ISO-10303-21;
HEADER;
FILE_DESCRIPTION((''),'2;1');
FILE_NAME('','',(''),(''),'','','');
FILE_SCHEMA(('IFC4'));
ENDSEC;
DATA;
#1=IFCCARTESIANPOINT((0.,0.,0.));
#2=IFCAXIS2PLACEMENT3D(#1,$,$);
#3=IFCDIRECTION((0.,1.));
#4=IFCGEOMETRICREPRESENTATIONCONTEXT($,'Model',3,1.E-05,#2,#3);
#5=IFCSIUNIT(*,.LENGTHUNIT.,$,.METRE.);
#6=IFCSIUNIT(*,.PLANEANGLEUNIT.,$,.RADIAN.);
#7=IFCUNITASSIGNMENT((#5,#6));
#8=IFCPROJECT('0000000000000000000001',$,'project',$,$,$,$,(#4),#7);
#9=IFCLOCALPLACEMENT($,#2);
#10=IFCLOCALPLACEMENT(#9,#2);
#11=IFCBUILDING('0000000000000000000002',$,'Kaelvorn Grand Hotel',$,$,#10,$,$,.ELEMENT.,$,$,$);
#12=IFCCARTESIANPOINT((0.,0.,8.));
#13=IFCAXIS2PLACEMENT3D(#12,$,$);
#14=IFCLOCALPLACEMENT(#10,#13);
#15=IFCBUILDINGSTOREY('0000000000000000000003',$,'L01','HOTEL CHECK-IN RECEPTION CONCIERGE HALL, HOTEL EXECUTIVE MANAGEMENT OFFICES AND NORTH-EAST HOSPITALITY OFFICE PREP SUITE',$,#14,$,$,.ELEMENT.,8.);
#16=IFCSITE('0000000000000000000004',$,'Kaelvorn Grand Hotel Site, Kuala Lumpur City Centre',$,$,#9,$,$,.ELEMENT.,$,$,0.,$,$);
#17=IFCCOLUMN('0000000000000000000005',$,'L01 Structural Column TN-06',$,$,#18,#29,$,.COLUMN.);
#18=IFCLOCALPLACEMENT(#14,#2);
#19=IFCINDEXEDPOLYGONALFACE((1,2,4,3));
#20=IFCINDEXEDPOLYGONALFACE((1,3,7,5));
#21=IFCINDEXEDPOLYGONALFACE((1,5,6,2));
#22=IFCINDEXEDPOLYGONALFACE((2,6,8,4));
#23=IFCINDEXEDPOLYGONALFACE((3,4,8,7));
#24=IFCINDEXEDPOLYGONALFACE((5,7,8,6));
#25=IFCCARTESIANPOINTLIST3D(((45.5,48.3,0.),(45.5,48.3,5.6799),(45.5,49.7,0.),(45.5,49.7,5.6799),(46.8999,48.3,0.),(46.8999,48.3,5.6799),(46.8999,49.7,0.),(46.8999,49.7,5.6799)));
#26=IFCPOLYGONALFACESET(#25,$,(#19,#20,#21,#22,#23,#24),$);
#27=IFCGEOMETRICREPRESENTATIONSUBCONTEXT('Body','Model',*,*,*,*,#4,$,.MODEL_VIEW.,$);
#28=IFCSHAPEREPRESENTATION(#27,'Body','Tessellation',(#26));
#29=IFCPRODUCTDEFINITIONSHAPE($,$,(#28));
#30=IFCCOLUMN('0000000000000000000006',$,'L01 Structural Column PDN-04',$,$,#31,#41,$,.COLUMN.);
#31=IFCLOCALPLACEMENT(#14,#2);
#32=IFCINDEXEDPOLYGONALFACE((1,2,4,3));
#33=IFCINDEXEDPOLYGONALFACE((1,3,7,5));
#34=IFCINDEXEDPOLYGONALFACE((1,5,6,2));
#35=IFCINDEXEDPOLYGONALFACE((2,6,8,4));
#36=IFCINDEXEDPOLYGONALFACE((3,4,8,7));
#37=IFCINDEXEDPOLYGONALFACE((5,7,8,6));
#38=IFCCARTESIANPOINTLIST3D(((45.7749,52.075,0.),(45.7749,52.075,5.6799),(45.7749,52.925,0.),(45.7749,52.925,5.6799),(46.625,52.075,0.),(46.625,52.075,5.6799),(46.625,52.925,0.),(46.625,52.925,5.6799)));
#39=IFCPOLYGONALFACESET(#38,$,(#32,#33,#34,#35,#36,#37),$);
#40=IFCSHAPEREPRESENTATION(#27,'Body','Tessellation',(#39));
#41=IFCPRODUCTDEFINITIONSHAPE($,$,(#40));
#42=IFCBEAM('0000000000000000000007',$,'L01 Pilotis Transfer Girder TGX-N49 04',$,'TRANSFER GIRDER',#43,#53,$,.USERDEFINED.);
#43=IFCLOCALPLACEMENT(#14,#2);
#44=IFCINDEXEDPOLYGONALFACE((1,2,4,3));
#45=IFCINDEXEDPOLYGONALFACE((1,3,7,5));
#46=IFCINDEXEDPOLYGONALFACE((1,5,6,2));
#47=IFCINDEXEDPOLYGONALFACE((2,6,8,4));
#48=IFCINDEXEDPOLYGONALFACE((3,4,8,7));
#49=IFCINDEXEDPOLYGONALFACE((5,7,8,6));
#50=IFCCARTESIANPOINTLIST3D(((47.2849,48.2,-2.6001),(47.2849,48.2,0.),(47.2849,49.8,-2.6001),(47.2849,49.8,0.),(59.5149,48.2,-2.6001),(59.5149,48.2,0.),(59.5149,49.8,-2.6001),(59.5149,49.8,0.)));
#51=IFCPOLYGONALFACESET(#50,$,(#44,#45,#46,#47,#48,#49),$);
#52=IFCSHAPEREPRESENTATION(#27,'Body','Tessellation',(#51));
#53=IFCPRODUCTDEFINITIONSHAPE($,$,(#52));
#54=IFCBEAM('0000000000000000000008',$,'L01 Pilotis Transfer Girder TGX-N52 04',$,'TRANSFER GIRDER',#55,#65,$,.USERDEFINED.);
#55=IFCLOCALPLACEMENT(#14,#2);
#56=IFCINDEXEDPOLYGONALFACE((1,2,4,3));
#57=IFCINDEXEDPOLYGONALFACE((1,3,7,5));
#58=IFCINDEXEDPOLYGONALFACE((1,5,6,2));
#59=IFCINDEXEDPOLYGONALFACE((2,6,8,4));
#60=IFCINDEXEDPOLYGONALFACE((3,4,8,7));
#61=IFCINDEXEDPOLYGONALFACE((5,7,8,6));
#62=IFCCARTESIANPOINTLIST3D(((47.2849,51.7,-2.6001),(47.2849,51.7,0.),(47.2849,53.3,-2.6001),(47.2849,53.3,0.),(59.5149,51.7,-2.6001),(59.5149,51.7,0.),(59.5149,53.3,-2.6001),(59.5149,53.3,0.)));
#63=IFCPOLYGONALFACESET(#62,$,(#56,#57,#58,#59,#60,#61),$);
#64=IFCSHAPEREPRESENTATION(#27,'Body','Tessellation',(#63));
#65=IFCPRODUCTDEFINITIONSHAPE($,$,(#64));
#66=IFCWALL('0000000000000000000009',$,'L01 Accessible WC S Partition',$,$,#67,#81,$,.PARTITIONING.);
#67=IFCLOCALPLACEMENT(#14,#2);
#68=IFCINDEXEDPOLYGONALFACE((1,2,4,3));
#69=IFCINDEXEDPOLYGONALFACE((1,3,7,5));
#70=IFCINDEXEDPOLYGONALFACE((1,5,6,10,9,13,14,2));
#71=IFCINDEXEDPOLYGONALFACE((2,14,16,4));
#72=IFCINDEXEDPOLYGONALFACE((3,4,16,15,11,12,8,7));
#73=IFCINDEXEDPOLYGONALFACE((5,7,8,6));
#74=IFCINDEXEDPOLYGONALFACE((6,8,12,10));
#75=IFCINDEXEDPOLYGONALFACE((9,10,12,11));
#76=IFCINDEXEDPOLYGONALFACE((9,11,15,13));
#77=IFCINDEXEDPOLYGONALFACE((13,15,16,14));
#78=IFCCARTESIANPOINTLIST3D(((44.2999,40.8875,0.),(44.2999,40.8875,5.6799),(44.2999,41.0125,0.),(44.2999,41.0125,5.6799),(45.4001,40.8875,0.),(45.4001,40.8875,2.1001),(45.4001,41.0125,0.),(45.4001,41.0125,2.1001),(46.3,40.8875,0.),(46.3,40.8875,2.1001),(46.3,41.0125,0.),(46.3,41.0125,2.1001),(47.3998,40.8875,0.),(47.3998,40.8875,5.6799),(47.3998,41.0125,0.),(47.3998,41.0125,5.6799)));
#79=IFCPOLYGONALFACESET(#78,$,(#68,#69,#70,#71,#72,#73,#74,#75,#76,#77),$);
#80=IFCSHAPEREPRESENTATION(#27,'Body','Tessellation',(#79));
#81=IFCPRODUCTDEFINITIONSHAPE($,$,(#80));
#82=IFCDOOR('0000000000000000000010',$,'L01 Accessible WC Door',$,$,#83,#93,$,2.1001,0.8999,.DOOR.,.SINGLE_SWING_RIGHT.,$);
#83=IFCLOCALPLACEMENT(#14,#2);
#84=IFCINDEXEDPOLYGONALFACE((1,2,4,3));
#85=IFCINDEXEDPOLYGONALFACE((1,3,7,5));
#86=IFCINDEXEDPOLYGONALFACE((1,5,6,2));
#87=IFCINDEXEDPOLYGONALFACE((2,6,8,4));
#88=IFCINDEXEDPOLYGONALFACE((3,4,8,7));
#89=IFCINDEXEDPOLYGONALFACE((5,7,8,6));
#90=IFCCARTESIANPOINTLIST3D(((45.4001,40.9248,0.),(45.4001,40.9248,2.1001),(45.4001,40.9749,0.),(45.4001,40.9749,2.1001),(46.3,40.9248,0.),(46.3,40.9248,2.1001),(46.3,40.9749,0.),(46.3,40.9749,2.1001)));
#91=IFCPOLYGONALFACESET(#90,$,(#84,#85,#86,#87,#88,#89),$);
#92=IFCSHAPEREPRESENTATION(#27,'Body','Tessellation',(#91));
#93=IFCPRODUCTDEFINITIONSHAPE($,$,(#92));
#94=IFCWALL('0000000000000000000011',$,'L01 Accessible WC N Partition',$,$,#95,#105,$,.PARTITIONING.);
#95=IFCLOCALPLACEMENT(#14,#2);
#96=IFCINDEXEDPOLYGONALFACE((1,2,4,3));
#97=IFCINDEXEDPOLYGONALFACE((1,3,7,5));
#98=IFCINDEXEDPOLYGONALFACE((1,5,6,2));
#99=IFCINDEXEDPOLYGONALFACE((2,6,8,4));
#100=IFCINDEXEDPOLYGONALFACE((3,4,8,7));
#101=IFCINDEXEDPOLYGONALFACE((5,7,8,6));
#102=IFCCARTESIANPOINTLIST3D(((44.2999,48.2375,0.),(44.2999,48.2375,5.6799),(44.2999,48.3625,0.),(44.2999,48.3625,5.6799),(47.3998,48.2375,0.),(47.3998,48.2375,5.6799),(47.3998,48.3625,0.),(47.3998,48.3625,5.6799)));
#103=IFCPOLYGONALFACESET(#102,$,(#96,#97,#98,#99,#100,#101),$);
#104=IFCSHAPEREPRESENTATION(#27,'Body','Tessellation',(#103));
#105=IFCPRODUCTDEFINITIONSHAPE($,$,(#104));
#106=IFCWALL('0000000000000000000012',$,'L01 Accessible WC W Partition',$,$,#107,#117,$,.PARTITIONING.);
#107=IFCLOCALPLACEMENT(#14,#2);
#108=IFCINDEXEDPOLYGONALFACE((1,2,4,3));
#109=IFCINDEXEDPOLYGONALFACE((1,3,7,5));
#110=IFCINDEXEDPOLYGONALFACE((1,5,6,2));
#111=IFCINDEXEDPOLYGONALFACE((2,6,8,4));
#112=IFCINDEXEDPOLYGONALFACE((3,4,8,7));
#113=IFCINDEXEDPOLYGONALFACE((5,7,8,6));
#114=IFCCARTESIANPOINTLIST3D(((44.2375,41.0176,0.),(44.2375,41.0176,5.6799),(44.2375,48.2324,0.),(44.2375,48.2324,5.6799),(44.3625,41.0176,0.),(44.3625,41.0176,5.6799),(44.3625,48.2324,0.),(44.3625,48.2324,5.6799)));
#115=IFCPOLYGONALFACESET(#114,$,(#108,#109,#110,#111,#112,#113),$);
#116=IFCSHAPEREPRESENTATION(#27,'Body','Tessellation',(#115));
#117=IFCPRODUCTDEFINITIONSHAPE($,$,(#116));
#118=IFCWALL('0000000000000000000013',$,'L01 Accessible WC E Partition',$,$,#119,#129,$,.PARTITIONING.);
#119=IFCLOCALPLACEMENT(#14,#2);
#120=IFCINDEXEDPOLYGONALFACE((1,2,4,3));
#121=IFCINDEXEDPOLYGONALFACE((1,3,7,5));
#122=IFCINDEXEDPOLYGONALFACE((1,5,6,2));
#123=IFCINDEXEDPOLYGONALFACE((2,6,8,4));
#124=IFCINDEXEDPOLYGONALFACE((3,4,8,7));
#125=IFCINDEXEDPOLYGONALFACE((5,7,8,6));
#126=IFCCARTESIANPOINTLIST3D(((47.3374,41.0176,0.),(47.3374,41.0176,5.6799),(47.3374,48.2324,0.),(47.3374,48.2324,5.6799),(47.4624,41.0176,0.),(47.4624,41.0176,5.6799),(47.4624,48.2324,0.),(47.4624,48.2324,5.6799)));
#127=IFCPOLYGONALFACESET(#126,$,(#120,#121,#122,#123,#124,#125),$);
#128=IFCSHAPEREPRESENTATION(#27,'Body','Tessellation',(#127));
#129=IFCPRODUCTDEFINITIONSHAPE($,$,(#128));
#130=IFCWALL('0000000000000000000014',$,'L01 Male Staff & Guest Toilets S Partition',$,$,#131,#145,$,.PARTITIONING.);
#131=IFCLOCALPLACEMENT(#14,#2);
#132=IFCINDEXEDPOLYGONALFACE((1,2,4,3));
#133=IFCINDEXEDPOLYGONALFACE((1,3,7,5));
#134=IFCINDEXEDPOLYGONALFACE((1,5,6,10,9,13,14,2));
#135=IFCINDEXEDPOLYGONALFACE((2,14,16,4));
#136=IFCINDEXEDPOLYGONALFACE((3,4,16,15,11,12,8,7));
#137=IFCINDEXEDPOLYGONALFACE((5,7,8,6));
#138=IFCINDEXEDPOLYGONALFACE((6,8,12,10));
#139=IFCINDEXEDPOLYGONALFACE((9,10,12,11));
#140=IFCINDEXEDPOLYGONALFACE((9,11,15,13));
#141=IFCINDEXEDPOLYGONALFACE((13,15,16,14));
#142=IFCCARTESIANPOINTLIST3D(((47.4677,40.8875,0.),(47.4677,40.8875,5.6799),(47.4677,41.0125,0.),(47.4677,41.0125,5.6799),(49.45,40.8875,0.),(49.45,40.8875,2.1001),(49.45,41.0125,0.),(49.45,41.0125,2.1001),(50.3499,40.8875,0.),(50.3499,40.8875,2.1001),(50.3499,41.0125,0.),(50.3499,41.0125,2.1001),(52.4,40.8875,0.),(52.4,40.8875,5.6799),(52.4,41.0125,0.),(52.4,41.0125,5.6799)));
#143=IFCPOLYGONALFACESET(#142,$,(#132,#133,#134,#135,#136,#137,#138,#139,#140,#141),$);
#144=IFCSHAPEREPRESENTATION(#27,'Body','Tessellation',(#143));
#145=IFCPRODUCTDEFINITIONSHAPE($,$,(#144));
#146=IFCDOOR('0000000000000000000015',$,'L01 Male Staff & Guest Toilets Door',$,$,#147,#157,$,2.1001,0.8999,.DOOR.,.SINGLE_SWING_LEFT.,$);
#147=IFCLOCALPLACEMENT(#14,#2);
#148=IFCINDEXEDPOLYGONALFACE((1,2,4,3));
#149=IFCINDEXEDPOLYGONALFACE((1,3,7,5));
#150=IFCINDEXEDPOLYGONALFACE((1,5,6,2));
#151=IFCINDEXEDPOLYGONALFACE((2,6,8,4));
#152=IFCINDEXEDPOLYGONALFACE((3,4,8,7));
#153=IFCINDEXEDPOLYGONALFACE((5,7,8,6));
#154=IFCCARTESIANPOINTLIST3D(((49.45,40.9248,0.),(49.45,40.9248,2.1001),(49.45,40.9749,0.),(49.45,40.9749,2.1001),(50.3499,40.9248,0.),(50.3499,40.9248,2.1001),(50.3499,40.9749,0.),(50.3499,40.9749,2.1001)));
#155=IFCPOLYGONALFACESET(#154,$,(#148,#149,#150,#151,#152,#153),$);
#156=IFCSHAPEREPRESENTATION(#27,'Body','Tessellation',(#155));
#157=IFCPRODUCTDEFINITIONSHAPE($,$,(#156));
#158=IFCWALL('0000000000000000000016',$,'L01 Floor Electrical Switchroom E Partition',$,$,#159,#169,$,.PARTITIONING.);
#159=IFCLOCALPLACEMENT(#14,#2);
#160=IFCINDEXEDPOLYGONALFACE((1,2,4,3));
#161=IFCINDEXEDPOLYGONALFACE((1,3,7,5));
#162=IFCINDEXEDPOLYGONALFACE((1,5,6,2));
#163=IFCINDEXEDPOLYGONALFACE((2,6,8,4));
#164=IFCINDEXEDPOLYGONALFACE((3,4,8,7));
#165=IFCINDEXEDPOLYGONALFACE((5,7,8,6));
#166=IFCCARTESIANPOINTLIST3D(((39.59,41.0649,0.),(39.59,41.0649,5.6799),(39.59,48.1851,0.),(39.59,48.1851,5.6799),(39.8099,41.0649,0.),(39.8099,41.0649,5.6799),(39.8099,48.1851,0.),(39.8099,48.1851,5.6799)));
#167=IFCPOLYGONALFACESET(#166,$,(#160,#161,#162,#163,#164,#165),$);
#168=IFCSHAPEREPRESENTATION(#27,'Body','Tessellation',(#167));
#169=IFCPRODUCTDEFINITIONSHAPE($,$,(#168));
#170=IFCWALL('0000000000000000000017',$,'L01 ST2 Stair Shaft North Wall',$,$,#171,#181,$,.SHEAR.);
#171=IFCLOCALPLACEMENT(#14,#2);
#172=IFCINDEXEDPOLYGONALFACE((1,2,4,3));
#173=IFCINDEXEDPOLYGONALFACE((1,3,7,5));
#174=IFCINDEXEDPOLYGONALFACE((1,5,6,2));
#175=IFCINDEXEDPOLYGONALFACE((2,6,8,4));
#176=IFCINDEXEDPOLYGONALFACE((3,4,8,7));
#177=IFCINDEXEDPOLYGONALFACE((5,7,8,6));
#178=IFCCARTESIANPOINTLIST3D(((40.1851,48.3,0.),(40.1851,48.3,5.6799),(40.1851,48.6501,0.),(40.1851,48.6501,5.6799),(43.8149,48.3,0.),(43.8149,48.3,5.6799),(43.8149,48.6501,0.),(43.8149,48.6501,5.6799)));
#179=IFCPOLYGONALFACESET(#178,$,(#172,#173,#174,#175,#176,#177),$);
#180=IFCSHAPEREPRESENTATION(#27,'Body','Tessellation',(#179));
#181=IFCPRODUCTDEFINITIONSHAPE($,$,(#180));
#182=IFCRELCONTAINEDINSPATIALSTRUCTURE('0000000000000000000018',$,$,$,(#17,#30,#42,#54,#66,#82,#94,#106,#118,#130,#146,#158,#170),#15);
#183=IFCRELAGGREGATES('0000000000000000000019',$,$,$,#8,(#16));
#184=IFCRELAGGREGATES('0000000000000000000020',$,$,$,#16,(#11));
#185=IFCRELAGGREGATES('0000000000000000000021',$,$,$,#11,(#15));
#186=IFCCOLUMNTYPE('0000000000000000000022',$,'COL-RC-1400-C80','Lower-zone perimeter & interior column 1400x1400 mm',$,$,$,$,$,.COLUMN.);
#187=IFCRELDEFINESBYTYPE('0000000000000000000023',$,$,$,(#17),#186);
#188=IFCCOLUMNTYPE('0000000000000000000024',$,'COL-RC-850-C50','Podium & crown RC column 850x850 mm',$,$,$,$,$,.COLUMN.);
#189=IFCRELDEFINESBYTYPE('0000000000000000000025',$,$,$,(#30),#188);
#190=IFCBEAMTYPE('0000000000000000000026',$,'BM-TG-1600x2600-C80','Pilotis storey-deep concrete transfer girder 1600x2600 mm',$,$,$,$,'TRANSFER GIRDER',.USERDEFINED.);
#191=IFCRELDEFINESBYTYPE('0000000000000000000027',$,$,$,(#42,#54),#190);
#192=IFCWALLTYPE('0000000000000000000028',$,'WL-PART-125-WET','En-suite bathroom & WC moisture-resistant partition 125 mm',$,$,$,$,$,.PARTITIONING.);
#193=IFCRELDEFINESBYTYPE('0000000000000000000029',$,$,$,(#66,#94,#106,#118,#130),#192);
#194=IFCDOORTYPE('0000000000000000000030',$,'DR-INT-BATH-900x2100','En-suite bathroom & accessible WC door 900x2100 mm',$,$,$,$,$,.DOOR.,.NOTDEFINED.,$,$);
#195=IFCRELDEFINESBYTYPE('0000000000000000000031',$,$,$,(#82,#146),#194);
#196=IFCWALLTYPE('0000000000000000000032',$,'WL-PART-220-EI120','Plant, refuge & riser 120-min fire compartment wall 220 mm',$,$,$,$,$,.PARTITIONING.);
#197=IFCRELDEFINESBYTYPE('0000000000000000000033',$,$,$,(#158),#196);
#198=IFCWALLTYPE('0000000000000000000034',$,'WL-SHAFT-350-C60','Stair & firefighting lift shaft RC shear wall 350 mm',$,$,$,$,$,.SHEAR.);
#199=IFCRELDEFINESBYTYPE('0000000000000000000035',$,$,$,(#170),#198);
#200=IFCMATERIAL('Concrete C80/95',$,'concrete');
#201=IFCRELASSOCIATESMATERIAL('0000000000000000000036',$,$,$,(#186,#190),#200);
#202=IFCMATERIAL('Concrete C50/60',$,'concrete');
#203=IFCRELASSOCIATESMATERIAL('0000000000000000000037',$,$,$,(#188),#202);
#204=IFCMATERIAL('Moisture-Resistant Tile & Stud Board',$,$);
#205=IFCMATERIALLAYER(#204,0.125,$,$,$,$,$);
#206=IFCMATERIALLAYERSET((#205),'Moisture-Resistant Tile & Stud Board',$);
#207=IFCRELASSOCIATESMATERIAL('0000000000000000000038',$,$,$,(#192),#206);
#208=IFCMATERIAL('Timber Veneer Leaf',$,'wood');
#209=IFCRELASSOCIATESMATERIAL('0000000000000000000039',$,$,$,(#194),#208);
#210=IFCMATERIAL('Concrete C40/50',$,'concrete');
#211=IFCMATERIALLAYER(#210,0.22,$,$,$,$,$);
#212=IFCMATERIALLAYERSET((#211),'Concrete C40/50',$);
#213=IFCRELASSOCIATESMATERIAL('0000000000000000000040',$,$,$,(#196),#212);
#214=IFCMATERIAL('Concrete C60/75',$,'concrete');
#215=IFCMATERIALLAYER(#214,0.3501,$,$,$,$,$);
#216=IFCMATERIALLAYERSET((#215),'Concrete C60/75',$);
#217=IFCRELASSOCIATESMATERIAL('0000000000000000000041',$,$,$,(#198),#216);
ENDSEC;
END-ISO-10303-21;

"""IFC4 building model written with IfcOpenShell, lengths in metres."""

from ifc_helpers import new_model, si_unit, direction, frame, frame_2d, origin, origin_2d, place, context, subcontext, project, spatial, rectangle, extrude, material, layer, layer_set, material_profile, profile_set, type_object, element, fill, save


model = new_model("IFC4")

# Units and contexts
model_context = context("Model", 3, precision=1e-05, world=origin(), true_north=direction((0.0, 1.0)))
body_context = subcontext(model_context, "Body", "Model", "MODEL_VIEW")
ifc_project = project(units=[si_unit("LENGTHUNIT", "METRE"), si_unit("PLANEANGLEUNIT", "RADIAN")], contexts=[model_context])

# Site, building, storey
site_placement = place(None, origin())
site = spatial("IfcSite", under=ifc_project, at=site_placement, Name="Kaelvorn Grand Hotel Site, Kuala Lumpur City Centre", CompositionType="ELEMENT", RefElevation=0.0)
building_placement = place(site_placement, origin())
building = spatial("IfcBuilding", under=site, at=building_placement, Name="Kaelvorn Grand Hotel", CompositionType="ELEMENT")
storey_placement = place(building_placement, frame((0.0, 0.0, 8.0)))
storey = spatial("IfcBuildingStorey", under=building, at=storey_placement, Name="L01", Description="HOTEL CHECK-IN RECEPTION CONCIERGE HALL, HOTEL EXECUTIVE MANAGEMENT OFFICES AND NORTH-EAST HOSPITALITY OFFICE PREP SUITE", CompositionType="ELEMENT", Elevation=8.0)

# Columns
ifc_material_1 = material(Name="Concrete C80/95", Category="concrete")
ifc_material_profile_1 = material_profile(ifc_material_1, rectangle(XDim=1.3999, YDim=1.3999, at=origin_2d()), Name="RC COL 1400x1400")
ifc_profile_set_1 = profile_set([ifc_material_profile_1], Name="Concrete C80/95")
column_type_1 = type_object("IfcColumnType", Name="COL-RC-1400-C80", Description="Lower-zone perimeter & interior column 1400x1400 mm", PredefinedType="COLUMN", material=ifc_profile_set_1)
column_1_placement = place(storey_placement, frame((46.2, 49.0, 0.0), z_axis=(0.0, 0.0, 1.0), x_axis=(1.0, 0.0, 0.0)))
element("IfcColumn", 1, at=column_1_placement, inside=storey, type_object=column_type_1, Name="L01 Structural Column TN-06", PredefinedType="COLUMN", context=body_context, shape_type="SweptSolid", body=[
    extrude(rectangle(XDim=1.3999, YDim=1.3999, at=origin_2d()), origin(), (0.0, 0.0, 1.0), 5.6799),
])
ifc_material_2 = material(Name="Concrete C50/60", Category="concrete")
ifc_material_profile_2 = material_profile(ifc_material_2, rectangle(XDim=0.8501, YDim=0.8501, at=origin_2d()), Name="RC COL 850x850")
ifc_profile_set_2 = profile_set([ifc_material_profile_2], Name="Concrete C50/60")
column_type_2 = type_object("IfcColumnType", Name="COL-RC-850-C50", Description="Podium & crown RC column 850x850 mm", PredefinedType="COLUMN", material=ifc_profile_set_2)
column_2_placement = place(storey_placement, frame((46.2, 52.5, 0.0), z_axis=(0.0, 0.0, 1.0), x_axis=(1.0, 0.0, 0.0)))
element("IfcColumn", 2, at=column_2_placement, inside=storey, type_object=column_type_2, Name="L01 Structural Column PDN-04", PredefinedType="COLUMN", context=body_context, shape_type="SweptSolid", body=[
    extrude(rectangle(XDim=0.8501, YDim=0.8501, at=origin_2d()), origin(), (0.0, 0.0, 1.0), 5.6799),
])

# Beams
ifc_material_profile_3 = material_profile(ifc_material_1, rectangle(XDim=1.6001, YDim=2.6001, at=origin_2d()), Name="RC TG 1600x2600")
ifc_profile_set_3 = profile_set([ifc_material_profile_3], Name="Concrete C80/95")
beam_type = type_object("IfcBeamType", Name="BM-TG-1600x2600-C80", Description="Pilotis storey-deep concrete transfer girder 1600x2600 mm", ElementType="TRANSFER GIRDER", PredefinedType="USERDEFINED", material=ifc_profile_set_3)
for number, where, z_axis, x_axis, name in (
    (3, (47.2849, 49.0, -1.3), (1.0, 0.0, 0.0), (0.0, 1.0, 0.0), "L01 Pilotis Transfer Girder TGX-N49 04"),
    (4, (47.2849, 52.5, -1.3), (1.0, 0.0, 0.0), (0.0, 1.0, 0.0), "L01 Pilotis Transfer Girder TGX-N52 04"),
):
    element("IfcBeam", number, at=place(storey_placement, frame(where, z_axis=z_axis, x_axis=x_axis)), inside=storey, type_object=beam_type, Name=name, ObjectType="TRANSFER GIRDER", PredefinedType="USERDEFINED", context=body_context, shape_type="SweptSolid", body=[
        extrude(rectangle(XDim=1.6001, YDim=2.6001, at=origin_2d()), origin(), (0.0, 0.0, 1.0), 12.23),
    ])

# Wall, opening, door
ifc_material_3 = material(Name="Moisture-Resistant Tile & Stud Board")
ifc_layer_1 = layer(ifc_material_3, 0.125)
ifc_layer_set_1 = layer_set([ifc_layer_1], Name="Moisture-Resistant Tile & Stud Board")
wall_type_1 = type_object("IfcWallType", Name="WL-PART-125-WET", Description="En-suite bathroom & WC moisture-resistant partition 125 mm", PredefinedType="PARTITIONING", material=ifc_layer_set_1)
wall_1_placement = place(storey_placement, frame((44.3, 40.95, 0.0), z_axis=(0.0, 0.0, 1.0), x_axis=(1.0, 0.0, 0.0)))
wall_1 = element("IfcWall", 5, at=wall_1_placement, inside=storey, type_object=wall_type_1, Name="L01 Accessible WC S Partition", PredefinedType="PARTITIONING", context=body_context, shape_type="SweptSolid", body=[
    extrude(rectangle(XDim=3.0999, YDim=0.125, at=frame_2d((1.5498, 0.0))), origin(), (0.0, 0.0, 1.0), 5.6799),
])
opening_1_placement = place(wall_1_placement, frame((1.1001, 0.0, 0.0)))
opening_1 = element("IfcOpeningElement", 6, at=opening_1_placement, cuts=wall_1, PredefinedType="OPENING", context=body_context, shape_type="SweptSolid", body=[
    extrude(rectangle(XDim=0.8999, YDim=2.1001, at=frame_2d((0.45, 1.05))), frame((0.0, 0.0725, 0.0), z_axis=(0.0, -1.0, 0.0), x_axis=(1.0, 0.0, 0.0)), (0.0, 0.0, 1.0), 0.145),
])
ifc_material_4 = material(Name="Timber Veneer Leaf", Category="wood")
door_type = type_object("IfcDoorType", Name="DR-INT-BATH-900x2100", Description="En-suite bathroom & accessible WC door 900x2100 mm", OperationType="NOTDEFINED", PredefinedType="DOOR", material=ifc_material_4)
door_1_placement = place(opening_1_placement, origin())
door_1 = element("IfcDoor", 7, at=door_1_placement, inside=storey, type_object=door_type, Name="L01 Accessible WC Door", OperationType="SINGLE_SWING_RIGHT", OverallHeight=2.1001, OverallWidth=0.8999, PredefinedType="DOOR", context=body_context, shape_type="SweptSolid", body=[
    extrude(rectangle(XDim=0.8999, YDim=2.1001, at=frame_2d((0.45, 1.05))), frame((0.0, 0.0249, 0.0), z_axis=(0.0, -1.0, 0.0), x_axis=(1.0, 0.0, 0.0)), (0.0, 0.0, 1.0), 0.05),
])
fill(opening_1, door_1)

# Walls
wall_2_placement = place(storey_placement, frame((44.3, 48.3, 0.0), z_axis=(0.0, 0.0, 1.0), x_axis=(1.0, 0.0, 0.0)))
element("IfcWall", 8, at=wall_2_placement, inside=storey, type_object=wall_type_1, Name="L01 Accessible WC N Partition", PredefinedType="PARTITIONING", context=body_context, shape_type="SweptSolid", body=[
    extrude(rectangle(XDim=3.0999, YDim=0.125, at=frame_2d((1.5498, 0.0))), origin(), (0.0, 0.0, 1.0), 5.6799),
])
for number, where, z_axis, x_axis, name in (
    (9, (44.3, 41.0176, 0.0), (0.0, 0.0, 1.0), (0.0, 1.0, 0.0), "L01 Accessible WC W Partition"),
    (10, (47.3999, 41.0176, 0.0), (0.0, 0.0, 1.0), (0.0, 1.0, 0.0), "L01 Accessible WC E Partition"),
):
    element("IfcWall", number, at=place(storey_placement, frame(where, z_axis=z_axis, x_axis=x_axis)), inside=storey, type_object=wall_type_1, Name=name, PredefinedType="PARTITIONING", context=body_context, shape_type="SweptSolid", body=[
        extrude(rectangle(XDim=7.2148, YDim=0.125, at=frame_2d((3.6074, 0.0))), origin(), (0.0, 0.0, 1.0), 5.6799),
    ])

# Wall, opening, door
wall_3_placement = place(storey_placement, frame((47.4675, 40.95, 0.0), z_axis=(0.0, 0.0, 1.0), x_axis=(1.0, 0.0, 0.0)))
wall_3 = element("IfcWall", 11, at=wall_3_placement, inside=storey, type_object=wall_type_1, Name="L01 Male Staff & Guest Toilets S Partition", PredefinedType="PARTITIONING", context=body_context, shape_type="SweptSolid", body=[
    extrude(rectangle(XDim=4.9324, YDim=0.125, at=frame_2d((2.4663, 0.0))), origin(), (0.0, 0.0, 1.0), 5.6799),
])
opening_2_placement = place(wall_3_placement, frame((1.9824, 0.0, 0.0)))
opening_2 = element("IfcOpeningElement", 12, at=opening_2_placement, cuts=wall_3, PredefinedType="OPENING", context=body_context, shape_type="SweptSolid", body=[
    extrude(rectangle(XDim=0.8999, YDim=2.1001, at=frame_2d((0.45, 1.05))), frame((0.0, 0.0725, 0.0), z_axis=(0.0, -1.0, 0.0), x_axis=(1.0, 0.0, 0.0)), (0.0, 0.0, 1.0), 0.145),
])
door_2_placement = place(opening_2_placement, origin())
door_2 = element("IfcDoor", 13, at=door_2_placement, inside=storey, type_object=door_type, Name="L01 Male Staff & Guest Toilets Door", OperationType="SINGLE_SWING_LEFT", OverallHeight=2.1001, OverallWidth=0.8999, PredefinedType="DOOR", context=body_context, shape_type="SweptSolid", body=[
    extrude(rectangle(XDim=0.8999, YDim=2.1001, at=frame_2d((0.45, 1.05))), frame((0.0, 0.0249, 0.0), z_axis=(0.0, -1.0, 0.0), x_axis=(1.0, 0.0, 0.0)), (0.0, 0.0, 1.0), 0.05),
])
fill(opening_2, door_2)

# Walls
ifc_material_5 = material(Name="Concrete C40/50", Category="concrete")
ifc_layer_2 = layer(ifc_material_5, 0.22)
ifc_layer_set_2 = layer_set([ifc_layer_2], Name="Concrete C40/50")
wall_type_2 = type_object("IfcWallType", Name="WL-PART-220-EI120", Description="Plant, refuge & riser 120-min fire compartment wall 220 mm", PredefinedType="PARTITIONING", material=ifc_layer_set_2)
wall_4_placement = place(storey_placement, frame((39.7, 41.0649, 0.0), z_axis=(0.0, 0.0, 1.0), x_axis=(0.0, 1.0, 0.0)))
element("IfcWall", 14, at=wall_4_placement, inside=storey, type_object=wall_type_2, Name="L01 Floor Electrical Switchroom E Partition", PredefinedType="PARTITIONING", context=body_context, shape_type="SweptSolid", body=[
    extrude(rectangle(XDim=7.1201, YDim=0.22, at=frame_2d((3.5601, 0.0))), origin(), (0.0, 0.0, 1.0), 5.6799),
])
ifc_material_6 = material(Name="Concrete C60/75", Category="concrete")
ifc_layer_3 = layer(ifc_material_6, 0.3501)
ifc_layer_set_3 = layer_set([ifc_layer_3], Name="Concrete C60/75")
wall_type_3 = type_object("IfcWallType", Name="WL-SHAFT-350-C60", Description="Stair & firefighting lift shaft RC shear wall 350 mm", PredefinedType="SHEAR", material=ifc_layer_set_3)
wall_5_placement = place(storey_placement, frame((40.1851, 48.4751, 0.0), z_axis=(0.0, 0.0, 1.0), x_axis=(1.0, 0.0, 0.0)))
element("IfcWall", 15, at=wall_5_placement, inside=storey, type_object=wall_type_3, Name="L01 ST2 Stair Shaft North Wall", PredefinedType="SHEAR", context=body_context, shape_type="SweptSolid", body=[
    extrude(rectangle(XDim=3.6299, YDim=0.3501, at=frame_2d((1.8149, 0.0))), origin(), (0.0, 0.0, 1.0), 5.6799),
])

save(model, "model.ifc")
